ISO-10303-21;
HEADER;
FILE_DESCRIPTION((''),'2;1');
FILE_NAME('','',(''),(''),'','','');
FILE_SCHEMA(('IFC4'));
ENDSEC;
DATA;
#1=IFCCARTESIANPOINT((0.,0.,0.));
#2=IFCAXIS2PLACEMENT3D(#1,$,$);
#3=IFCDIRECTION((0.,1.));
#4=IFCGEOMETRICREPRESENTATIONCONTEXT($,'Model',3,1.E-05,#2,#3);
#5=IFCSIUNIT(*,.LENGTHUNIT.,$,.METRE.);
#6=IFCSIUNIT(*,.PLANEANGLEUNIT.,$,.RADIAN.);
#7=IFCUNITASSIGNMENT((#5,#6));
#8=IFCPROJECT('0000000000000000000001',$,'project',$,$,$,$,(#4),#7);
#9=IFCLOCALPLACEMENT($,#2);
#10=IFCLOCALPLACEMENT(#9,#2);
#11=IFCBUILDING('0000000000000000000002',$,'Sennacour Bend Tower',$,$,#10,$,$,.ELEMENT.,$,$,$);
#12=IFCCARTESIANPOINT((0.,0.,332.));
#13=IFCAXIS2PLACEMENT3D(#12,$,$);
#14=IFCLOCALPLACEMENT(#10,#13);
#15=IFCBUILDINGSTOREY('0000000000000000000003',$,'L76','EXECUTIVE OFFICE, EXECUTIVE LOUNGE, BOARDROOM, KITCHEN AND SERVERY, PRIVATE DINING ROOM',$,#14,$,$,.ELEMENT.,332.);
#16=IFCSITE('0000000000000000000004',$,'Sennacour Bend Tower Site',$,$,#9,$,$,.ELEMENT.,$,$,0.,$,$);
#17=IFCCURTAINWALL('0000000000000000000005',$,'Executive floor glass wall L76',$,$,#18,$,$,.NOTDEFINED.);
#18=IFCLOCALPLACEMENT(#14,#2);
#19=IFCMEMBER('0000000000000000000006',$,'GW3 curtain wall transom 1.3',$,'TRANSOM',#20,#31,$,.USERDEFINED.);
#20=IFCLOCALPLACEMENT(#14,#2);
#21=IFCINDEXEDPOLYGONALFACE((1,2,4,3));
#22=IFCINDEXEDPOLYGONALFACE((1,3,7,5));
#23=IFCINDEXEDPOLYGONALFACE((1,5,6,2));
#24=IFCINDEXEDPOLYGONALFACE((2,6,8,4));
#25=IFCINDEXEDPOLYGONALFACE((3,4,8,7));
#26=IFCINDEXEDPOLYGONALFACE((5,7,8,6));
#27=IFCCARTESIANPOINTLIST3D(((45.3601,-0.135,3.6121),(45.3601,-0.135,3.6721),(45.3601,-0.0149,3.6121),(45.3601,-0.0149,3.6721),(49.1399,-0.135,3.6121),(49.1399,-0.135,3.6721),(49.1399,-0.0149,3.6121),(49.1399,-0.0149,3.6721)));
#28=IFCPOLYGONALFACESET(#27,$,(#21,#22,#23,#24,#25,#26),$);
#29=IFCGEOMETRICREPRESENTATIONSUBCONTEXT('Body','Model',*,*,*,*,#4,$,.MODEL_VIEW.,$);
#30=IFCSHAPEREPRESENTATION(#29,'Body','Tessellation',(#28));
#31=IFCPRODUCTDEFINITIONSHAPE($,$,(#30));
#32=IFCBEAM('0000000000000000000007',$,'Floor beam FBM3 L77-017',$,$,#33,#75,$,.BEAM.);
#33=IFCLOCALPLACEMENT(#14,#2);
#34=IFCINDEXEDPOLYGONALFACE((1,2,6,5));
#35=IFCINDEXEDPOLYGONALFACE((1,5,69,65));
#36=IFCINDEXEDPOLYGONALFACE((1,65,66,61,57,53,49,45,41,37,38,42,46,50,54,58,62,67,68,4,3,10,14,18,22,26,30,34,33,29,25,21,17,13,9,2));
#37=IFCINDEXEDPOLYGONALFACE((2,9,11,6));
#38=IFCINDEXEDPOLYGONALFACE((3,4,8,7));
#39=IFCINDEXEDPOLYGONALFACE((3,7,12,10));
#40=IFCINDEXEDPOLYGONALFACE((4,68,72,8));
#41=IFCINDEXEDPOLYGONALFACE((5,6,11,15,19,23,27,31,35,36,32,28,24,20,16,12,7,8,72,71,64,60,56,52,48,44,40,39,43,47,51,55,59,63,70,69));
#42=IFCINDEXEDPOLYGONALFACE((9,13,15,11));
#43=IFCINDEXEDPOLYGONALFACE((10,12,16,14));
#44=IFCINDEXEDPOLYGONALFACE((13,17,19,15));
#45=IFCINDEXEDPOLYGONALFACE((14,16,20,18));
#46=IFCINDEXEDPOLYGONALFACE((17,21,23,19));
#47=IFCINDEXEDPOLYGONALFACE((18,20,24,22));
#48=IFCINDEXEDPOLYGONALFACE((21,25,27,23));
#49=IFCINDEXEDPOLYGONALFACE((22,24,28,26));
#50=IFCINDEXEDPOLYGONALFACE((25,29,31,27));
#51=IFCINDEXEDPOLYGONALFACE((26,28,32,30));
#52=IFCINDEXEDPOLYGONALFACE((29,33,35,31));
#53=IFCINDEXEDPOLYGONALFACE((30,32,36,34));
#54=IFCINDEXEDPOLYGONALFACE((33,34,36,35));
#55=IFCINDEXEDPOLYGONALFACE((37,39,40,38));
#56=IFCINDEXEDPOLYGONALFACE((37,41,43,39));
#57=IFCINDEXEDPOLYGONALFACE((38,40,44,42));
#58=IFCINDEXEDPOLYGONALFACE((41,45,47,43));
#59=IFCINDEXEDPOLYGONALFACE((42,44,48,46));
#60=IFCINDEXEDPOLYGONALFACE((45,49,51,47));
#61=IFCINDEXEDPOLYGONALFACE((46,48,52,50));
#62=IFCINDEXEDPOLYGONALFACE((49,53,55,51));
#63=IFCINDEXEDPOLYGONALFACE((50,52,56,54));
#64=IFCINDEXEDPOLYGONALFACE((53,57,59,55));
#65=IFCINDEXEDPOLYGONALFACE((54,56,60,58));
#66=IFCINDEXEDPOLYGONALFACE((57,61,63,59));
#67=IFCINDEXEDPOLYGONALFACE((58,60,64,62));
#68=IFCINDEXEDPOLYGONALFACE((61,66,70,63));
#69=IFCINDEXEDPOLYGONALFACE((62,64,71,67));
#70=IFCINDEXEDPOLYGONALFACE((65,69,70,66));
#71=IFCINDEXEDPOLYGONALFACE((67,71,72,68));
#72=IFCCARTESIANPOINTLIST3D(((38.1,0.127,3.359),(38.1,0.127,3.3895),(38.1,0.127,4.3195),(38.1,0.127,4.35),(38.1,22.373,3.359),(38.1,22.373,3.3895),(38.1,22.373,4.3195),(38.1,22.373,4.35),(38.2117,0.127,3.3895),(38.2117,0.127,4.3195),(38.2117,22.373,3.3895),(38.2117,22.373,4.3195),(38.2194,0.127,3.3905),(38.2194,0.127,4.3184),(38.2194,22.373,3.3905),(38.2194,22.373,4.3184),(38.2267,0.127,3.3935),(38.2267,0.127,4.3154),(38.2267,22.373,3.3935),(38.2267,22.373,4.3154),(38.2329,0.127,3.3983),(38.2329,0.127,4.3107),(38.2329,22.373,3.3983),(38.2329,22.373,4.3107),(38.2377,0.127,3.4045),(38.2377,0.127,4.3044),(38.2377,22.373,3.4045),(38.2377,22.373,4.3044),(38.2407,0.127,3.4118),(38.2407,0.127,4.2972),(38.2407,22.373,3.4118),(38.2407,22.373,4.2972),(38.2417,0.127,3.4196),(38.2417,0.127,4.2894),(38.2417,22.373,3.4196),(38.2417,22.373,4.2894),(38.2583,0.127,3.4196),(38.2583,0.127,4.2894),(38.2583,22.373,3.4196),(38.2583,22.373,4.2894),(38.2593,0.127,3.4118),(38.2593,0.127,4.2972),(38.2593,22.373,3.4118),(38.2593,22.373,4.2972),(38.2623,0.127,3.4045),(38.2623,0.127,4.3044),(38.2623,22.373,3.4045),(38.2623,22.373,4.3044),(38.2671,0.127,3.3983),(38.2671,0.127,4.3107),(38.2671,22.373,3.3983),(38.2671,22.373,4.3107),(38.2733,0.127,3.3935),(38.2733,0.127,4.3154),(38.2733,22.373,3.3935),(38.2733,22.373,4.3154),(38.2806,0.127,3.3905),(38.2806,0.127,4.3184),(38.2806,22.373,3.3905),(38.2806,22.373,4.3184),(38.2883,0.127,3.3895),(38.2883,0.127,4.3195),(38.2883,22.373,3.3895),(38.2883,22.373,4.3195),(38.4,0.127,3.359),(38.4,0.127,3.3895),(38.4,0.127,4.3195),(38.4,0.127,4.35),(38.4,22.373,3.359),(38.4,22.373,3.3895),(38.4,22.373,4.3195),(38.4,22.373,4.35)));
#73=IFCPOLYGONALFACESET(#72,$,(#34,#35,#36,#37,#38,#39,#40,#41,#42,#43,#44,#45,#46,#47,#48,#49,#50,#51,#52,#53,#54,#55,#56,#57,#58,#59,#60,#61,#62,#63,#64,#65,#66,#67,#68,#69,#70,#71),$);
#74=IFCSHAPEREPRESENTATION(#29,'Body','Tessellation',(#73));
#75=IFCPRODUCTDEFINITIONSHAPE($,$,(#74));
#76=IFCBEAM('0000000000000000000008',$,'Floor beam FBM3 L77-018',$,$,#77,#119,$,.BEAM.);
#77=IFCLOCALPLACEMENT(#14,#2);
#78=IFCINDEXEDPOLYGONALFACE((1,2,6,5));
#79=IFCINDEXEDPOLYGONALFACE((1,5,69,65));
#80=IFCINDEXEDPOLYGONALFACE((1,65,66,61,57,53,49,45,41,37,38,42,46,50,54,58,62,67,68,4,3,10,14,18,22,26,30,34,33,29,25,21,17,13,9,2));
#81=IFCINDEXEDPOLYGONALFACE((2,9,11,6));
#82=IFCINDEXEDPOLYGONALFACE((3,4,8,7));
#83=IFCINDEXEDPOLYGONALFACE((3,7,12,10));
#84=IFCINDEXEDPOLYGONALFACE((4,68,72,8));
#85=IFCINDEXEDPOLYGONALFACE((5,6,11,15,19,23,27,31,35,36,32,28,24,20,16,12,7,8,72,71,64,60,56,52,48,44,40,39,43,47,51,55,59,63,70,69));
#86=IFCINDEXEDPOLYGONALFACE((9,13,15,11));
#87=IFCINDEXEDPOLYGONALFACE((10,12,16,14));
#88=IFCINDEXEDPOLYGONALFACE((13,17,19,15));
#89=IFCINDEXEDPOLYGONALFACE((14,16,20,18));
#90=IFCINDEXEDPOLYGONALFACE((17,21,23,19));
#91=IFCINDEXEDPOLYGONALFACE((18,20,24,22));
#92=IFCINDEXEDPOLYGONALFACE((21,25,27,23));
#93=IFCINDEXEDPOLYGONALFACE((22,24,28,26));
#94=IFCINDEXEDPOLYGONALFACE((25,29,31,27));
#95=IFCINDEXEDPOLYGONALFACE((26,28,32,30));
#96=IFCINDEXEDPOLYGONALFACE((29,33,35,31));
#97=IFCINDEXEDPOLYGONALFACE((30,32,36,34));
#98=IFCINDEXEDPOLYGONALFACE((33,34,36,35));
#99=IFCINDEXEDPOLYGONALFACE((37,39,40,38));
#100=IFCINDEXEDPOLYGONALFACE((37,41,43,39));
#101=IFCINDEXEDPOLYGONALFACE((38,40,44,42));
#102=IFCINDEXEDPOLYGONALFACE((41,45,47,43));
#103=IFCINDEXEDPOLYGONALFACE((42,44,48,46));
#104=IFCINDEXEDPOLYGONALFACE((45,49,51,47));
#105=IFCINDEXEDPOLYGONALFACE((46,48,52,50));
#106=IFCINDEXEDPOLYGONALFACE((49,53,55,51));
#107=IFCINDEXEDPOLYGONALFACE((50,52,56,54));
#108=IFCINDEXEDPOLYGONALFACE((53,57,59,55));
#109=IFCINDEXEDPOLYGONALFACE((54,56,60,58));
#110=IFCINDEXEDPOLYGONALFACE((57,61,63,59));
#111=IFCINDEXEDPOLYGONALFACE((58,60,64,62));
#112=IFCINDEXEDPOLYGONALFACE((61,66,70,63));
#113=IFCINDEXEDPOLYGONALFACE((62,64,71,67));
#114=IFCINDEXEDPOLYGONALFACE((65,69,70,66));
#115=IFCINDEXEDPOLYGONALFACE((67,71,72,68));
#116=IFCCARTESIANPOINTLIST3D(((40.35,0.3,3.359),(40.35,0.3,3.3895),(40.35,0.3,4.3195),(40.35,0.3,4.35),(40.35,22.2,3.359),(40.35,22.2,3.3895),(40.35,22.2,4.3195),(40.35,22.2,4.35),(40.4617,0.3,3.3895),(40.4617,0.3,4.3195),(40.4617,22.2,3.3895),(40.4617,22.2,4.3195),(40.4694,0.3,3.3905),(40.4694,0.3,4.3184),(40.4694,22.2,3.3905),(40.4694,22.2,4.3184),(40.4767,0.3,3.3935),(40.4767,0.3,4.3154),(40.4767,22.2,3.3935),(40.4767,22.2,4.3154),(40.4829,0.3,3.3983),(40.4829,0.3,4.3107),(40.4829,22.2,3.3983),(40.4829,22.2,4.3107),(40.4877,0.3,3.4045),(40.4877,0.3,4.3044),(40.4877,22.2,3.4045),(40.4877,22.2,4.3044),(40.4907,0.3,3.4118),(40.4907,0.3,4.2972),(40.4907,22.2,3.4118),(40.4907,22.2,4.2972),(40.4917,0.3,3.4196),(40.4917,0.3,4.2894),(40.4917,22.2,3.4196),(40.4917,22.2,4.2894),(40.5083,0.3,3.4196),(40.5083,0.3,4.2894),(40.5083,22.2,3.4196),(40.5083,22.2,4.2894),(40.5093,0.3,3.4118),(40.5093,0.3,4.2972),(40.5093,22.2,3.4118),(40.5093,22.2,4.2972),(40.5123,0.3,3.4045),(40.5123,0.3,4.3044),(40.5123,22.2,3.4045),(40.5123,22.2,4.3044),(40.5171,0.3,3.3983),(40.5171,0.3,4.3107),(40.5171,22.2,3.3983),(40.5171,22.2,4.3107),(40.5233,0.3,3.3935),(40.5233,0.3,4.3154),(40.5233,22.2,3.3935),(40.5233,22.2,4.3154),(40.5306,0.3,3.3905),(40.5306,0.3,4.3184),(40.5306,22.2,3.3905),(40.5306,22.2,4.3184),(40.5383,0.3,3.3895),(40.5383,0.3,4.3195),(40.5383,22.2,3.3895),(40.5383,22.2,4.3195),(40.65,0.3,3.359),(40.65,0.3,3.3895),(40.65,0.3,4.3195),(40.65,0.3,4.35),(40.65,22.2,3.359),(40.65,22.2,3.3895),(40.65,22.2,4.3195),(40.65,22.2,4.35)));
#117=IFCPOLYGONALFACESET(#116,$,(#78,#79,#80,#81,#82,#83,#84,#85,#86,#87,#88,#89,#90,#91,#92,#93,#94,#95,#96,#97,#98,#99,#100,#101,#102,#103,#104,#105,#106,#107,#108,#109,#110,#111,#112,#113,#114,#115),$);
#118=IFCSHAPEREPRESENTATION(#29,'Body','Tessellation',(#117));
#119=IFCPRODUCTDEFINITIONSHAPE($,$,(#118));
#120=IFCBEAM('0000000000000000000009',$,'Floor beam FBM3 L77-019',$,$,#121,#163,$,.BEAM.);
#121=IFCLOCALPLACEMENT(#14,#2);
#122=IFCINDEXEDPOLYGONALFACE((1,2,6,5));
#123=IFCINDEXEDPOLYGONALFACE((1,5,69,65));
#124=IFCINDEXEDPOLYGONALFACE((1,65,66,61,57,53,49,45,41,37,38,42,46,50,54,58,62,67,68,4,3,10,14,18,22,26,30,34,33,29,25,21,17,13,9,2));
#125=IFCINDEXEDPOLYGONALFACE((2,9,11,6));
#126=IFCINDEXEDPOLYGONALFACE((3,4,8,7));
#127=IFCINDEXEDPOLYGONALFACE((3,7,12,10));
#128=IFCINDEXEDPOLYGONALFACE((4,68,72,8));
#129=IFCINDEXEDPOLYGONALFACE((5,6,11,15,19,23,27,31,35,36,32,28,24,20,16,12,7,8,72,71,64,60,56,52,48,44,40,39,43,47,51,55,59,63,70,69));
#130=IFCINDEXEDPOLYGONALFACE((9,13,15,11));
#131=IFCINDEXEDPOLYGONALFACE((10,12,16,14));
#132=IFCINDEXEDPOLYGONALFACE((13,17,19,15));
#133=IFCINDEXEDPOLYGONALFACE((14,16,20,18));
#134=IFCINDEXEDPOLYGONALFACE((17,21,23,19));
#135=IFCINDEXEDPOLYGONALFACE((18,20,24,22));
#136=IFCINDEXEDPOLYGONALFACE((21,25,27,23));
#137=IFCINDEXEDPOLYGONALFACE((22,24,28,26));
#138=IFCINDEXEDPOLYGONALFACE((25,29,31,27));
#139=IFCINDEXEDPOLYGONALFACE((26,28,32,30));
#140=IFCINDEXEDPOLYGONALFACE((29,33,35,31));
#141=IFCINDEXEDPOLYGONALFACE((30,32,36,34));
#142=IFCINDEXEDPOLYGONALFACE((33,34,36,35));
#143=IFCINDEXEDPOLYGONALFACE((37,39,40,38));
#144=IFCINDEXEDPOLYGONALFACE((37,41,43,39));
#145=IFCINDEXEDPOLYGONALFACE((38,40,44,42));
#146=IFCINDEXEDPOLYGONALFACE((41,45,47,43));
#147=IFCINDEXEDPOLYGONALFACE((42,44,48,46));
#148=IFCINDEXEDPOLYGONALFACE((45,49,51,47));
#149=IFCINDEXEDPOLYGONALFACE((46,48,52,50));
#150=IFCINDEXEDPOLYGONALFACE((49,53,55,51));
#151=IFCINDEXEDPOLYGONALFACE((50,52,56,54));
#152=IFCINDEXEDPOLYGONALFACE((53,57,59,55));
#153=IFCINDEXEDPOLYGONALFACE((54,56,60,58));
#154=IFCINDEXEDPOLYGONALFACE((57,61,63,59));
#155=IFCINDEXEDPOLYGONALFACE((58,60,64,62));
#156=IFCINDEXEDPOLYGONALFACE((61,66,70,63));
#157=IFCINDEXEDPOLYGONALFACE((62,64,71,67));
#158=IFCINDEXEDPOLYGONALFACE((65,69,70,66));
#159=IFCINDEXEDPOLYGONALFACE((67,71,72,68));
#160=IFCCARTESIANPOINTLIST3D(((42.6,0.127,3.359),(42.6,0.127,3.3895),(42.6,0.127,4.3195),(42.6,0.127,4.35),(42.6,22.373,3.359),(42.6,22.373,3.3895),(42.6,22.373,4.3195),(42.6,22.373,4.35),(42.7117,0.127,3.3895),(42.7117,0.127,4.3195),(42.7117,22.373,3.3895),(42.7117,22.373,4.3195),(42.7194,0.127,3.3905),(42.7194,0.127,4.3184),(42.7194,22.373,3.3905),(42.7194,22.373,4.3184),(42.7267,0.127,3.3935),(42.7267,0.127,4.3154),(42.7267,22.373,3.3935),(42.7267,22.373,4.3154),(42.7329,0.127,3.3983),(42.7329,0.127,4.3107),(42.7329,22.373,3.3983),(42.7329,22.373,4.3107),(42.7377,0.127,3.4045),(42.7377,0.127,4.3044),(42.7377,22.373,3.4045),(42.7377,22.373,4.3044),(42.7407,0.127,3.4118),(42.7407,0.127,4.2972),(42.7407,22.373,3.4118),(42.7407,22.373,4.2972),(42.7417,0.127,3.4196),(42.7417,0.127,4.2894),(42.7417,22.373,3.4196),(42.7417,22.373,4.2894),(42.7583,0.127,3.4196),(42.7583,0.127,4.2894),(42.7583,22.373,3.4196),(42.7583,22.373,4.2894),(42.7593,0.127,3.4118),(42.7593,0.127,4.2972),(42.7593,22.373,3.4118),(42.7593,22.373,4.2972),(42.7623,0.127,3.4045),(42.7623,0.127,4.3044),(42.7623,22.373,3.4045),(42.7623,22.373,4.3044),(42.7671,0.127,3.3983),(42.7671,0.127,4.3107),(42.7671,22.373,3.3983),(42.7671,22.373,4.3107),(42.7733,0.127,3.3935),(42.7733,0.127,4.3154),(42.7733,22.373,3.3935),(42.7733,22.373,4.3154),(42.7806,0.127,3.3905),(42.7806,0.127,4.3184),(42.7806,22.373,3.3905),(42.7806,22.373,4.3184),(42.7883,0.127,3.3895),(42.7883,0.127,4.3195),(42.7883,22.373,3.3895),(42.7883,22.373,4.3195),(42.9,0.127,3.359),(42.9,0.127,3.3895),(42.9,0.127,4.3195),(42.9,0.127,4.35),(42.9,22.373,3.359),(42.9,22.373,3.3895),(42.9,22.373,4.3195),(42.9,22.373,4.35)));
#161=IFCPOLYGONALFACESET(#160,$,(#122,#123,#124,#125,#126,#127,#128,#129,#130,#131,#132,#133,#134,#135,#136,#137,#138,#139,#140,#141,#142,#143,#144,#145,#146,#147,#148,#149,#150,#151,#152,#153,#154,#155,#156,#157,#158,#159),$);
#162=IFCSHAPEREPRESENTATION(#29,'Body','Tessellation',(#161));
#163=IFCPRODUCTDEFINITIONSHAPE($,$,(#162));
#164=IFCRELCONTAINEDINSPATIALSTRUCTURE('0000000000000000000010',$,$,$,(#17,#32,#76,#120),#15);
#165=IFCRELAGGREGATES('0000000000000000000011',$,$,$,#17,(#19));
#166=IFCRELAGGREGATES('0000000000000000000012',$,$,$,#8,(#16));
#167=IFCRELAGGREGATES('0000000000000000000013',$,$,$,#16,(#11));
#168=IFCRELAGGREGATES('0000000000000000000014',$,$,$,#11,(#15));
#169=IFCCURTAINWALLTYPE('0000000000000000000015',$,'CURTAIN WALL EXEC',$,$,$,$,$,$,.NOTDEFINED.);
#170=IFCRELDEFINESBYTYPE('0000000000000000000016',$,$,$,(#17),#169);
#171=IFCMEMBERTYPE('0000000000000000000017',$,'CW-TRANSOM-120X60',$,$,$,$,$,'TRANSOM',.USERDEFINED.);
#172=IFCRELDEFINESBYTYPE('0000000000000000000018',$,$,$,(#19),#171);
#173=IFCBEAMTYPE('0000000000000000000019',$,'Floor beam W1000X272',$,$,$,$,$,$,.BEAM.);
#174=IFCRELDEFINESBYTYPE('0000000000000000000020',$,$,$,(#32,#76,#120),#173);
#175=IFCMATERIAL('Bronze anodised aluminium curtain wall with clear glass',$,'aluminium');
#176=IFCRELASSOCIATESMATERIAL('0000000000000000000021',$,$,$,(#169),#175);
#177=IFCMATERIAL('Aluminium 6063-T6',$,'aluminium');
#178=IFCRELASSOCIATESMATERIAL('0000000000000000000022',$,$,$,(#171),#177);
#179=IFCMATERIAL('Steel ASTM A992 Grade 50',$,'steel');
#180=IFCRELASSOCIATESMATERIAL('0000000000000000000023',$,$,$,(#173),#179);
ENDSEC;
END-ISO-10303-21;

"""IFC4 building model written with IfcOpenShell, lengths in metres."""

from ifc_helpers import new_model, si_unit, direction, frame, origin, origin_2d, place, context, subcontext, project, spatial, rectangle, i_section, extrude, material, material_profile, profile_set, type_object, element, aggregate, save


model = new_model("IFC4")

# Units and contexts
model_context = context("Model", 3, precision=1e-05, world=origin(), true_north=direction((0.0, 1.0)))
body_context = subcontext(model_context, "Body", "Model", "MODEL_VIEW")
ifc_project = project(units=[si_unit("LENGTHUNIT", "METRE"), si_unit("PLANEANGLEUNIT", "RADIAN")], contexts=[model_context])

# Site, building, storey
site_placement = place(None, origin())
site = spatial("IfcSite", under=ifc_project, at=site_placement, Name="Sennacour Bend Tower Site", CompositionType="ELEMENT", RefElevation=0.0)
building_placement = place(site_placement, origin())
building = spatial("IfcBuilding", under=site, at=building_placement, Name="Sennacour Bend Tower", CompositionType="ELEMENT")
storey_placement = place(building_placement, frame((0.0, 0.0, 332.0)))
storey = spatial("IfcBuildingStorey", under=building, at=storey_placement, Name="L76", Description="EXECUTIVE OFFICE, EXECUTIVE LOUNGE, BOARDROOM, KITCHEN AND SERVERY, PRIVATE DINING ROOM", CompositionType="ELEMENT", Elevation=332.0)

# Shared definitions
ifc_material_1 = material(Name="Bronze anodised aluminium curtain wall with clear glass", Category="aluminium")
curtain_wall_type = type_object("IfcCurtainWallType", Name="CURTAIN WALL EXEC", PredefinedType="NOTDEFINED", material=ifc_material_1)
ifc_material_2 = material(Name="Aluminium 6063-T6", Category="aluminium")

# Curtain wall
curtain_wall_1_placement = place(storey_placement, origin())
curtain_wall_1 = element("IfcCurtainWall", 1, at=curtain_wall_1_placement, inside=storey, type_object=curtain_wall_type, Name="Executive floor glass wall L76", PredefinedType="NOTDEFINED")

# Member
ifc_material_profile_1 = material_profile(ifc_material_2, rectangle(XDim=0.1201, YDim=0.0601, at=origin_2d()), Name="Aluminium 6063-T6", Category="aluminium")
ifc_profile_set_1 = profile_set([ifc_material_profile_1], Name="Aluminium 6063-T6")
member_type_1 = type_object("IfcMemberType", Name="CW-TRANSOM-120X60", ElementType="TRANSOM", PredefinedType="USERDEFINED", material=ifc_profile_set_1)
member_1_placement = place(storey_placement, frame((45.3601, -0.075, 3.6421), z_axis=(1.0, 0.0, 0.0), x_axis=(0.0, 1.0, 0.0)))
member_1 = element("IfcMember", 2, at=member_1_placement, type_object=member_type_1, Name="GW3 curtain wall transom 1.3", ObjectType="TRANSOM", PredefinedType="USERDEFINED", context=body_context, shape_type="SweptSolid", body=[
    extrude(rectangle(XDim=0.1201, YDim=0.0601, at=origin_2d()), origin(), (0.0, 0.0, 1.0), 3.7798),
])
aggregate(curtain_wall_1, [member_1])

# Beams
ifc_material_3 = material(Name="Steel ASTM A992 Grade 50", Category="steel")
ifc_material_profile_2 = material_profile(ifc_material_3, i_section(OverallWidth=0.3, OverallDepth=0.991, WebThickness=0.0166, FlangeThickness=0.0305, FilletRadius=0.03, at=origin_2d()), Name="Steel ASTM A992 Grade 50", Category="steel")
ifc_profile_set_2 = profile_set([ifc_material_profile_2], Name="Steel ASTM A992 Grade 50")
beam_type_1 = type_object("IfcBeamType", Name="Floor beam W1000X272", PredefinedType="BEAM", material=ifc_profile_set_2)
beam_1_placement = place(storey_placement, frame((38.25, 0.127, 3.8545), z_axis=(0.0, 1.0, 0.0), x_axis=(-1.0, 0.0, 0.0)))
element("IfcBeam", 3, at=beam_1_placement, inside=storey, type_object=beam_type_1, Name="Floor beam FBM3 L77-017", PredefinedType="BEAM", context=body_context, shape_type="SweptSolid", body=[
    extrude(i_section(OverallWidth=0.3, OverallDepth=0.991, WebThickness=0.0166, FlangeThickness=0.0305, FilletRadius=0.03, at=origin_2d()), origin(), (0.0, 0.0, 1.0), 22.2461),
])
beam_2_placement = place(storey_placement, frame((40.5, 0.3, 3.8545), z_axis=(0.0, 1.0, 0.0), x_axis=(-1.0, 0.0, 0.0)))
element("IfcBeam", 4, at=beam_2_placement, inside=storey, type_object=beam_type_1, Name="Floor beam FBM3 L77-018", PredefinedType="BEAM", context=body_context, shape_type="SweptSolid", body=[
    extrude(i_section(OverallWidth=0.3, OverallDepth=0.991, WebThickness=0.0166, FlangeThickness=0.0305, FilletRadius=0.03, at=origin_2d()), origin(), (0.0, 0.0, 1.0), 21.8999),
])
beam_3_placement = place(storey_placement, frame((42.75, 0.127, 3.8545), z_axis=(0.0, 1.0, 0.0), x_axis=(-1.0, 0.0, 0.0)))
element("IfcBeam", 5, at=beam_3_placement, inside=storey, type_object=beam_type_1, Name="Floor beam FBM3 L77-019", PredefinedType="BEAM", context=body_context, shape_type="SweptSolid", body=[
    extrude(i_section(OverallWidth=0.3, OverallDepth=0.991, WebThickness=0.0166, FlangeThickness=0.0305, FilletRadius=0.03, at=origin_2d()), origin(), (0.0, 0.0, 1.0), 22.2461),
])

save(model, "model.ifc")
